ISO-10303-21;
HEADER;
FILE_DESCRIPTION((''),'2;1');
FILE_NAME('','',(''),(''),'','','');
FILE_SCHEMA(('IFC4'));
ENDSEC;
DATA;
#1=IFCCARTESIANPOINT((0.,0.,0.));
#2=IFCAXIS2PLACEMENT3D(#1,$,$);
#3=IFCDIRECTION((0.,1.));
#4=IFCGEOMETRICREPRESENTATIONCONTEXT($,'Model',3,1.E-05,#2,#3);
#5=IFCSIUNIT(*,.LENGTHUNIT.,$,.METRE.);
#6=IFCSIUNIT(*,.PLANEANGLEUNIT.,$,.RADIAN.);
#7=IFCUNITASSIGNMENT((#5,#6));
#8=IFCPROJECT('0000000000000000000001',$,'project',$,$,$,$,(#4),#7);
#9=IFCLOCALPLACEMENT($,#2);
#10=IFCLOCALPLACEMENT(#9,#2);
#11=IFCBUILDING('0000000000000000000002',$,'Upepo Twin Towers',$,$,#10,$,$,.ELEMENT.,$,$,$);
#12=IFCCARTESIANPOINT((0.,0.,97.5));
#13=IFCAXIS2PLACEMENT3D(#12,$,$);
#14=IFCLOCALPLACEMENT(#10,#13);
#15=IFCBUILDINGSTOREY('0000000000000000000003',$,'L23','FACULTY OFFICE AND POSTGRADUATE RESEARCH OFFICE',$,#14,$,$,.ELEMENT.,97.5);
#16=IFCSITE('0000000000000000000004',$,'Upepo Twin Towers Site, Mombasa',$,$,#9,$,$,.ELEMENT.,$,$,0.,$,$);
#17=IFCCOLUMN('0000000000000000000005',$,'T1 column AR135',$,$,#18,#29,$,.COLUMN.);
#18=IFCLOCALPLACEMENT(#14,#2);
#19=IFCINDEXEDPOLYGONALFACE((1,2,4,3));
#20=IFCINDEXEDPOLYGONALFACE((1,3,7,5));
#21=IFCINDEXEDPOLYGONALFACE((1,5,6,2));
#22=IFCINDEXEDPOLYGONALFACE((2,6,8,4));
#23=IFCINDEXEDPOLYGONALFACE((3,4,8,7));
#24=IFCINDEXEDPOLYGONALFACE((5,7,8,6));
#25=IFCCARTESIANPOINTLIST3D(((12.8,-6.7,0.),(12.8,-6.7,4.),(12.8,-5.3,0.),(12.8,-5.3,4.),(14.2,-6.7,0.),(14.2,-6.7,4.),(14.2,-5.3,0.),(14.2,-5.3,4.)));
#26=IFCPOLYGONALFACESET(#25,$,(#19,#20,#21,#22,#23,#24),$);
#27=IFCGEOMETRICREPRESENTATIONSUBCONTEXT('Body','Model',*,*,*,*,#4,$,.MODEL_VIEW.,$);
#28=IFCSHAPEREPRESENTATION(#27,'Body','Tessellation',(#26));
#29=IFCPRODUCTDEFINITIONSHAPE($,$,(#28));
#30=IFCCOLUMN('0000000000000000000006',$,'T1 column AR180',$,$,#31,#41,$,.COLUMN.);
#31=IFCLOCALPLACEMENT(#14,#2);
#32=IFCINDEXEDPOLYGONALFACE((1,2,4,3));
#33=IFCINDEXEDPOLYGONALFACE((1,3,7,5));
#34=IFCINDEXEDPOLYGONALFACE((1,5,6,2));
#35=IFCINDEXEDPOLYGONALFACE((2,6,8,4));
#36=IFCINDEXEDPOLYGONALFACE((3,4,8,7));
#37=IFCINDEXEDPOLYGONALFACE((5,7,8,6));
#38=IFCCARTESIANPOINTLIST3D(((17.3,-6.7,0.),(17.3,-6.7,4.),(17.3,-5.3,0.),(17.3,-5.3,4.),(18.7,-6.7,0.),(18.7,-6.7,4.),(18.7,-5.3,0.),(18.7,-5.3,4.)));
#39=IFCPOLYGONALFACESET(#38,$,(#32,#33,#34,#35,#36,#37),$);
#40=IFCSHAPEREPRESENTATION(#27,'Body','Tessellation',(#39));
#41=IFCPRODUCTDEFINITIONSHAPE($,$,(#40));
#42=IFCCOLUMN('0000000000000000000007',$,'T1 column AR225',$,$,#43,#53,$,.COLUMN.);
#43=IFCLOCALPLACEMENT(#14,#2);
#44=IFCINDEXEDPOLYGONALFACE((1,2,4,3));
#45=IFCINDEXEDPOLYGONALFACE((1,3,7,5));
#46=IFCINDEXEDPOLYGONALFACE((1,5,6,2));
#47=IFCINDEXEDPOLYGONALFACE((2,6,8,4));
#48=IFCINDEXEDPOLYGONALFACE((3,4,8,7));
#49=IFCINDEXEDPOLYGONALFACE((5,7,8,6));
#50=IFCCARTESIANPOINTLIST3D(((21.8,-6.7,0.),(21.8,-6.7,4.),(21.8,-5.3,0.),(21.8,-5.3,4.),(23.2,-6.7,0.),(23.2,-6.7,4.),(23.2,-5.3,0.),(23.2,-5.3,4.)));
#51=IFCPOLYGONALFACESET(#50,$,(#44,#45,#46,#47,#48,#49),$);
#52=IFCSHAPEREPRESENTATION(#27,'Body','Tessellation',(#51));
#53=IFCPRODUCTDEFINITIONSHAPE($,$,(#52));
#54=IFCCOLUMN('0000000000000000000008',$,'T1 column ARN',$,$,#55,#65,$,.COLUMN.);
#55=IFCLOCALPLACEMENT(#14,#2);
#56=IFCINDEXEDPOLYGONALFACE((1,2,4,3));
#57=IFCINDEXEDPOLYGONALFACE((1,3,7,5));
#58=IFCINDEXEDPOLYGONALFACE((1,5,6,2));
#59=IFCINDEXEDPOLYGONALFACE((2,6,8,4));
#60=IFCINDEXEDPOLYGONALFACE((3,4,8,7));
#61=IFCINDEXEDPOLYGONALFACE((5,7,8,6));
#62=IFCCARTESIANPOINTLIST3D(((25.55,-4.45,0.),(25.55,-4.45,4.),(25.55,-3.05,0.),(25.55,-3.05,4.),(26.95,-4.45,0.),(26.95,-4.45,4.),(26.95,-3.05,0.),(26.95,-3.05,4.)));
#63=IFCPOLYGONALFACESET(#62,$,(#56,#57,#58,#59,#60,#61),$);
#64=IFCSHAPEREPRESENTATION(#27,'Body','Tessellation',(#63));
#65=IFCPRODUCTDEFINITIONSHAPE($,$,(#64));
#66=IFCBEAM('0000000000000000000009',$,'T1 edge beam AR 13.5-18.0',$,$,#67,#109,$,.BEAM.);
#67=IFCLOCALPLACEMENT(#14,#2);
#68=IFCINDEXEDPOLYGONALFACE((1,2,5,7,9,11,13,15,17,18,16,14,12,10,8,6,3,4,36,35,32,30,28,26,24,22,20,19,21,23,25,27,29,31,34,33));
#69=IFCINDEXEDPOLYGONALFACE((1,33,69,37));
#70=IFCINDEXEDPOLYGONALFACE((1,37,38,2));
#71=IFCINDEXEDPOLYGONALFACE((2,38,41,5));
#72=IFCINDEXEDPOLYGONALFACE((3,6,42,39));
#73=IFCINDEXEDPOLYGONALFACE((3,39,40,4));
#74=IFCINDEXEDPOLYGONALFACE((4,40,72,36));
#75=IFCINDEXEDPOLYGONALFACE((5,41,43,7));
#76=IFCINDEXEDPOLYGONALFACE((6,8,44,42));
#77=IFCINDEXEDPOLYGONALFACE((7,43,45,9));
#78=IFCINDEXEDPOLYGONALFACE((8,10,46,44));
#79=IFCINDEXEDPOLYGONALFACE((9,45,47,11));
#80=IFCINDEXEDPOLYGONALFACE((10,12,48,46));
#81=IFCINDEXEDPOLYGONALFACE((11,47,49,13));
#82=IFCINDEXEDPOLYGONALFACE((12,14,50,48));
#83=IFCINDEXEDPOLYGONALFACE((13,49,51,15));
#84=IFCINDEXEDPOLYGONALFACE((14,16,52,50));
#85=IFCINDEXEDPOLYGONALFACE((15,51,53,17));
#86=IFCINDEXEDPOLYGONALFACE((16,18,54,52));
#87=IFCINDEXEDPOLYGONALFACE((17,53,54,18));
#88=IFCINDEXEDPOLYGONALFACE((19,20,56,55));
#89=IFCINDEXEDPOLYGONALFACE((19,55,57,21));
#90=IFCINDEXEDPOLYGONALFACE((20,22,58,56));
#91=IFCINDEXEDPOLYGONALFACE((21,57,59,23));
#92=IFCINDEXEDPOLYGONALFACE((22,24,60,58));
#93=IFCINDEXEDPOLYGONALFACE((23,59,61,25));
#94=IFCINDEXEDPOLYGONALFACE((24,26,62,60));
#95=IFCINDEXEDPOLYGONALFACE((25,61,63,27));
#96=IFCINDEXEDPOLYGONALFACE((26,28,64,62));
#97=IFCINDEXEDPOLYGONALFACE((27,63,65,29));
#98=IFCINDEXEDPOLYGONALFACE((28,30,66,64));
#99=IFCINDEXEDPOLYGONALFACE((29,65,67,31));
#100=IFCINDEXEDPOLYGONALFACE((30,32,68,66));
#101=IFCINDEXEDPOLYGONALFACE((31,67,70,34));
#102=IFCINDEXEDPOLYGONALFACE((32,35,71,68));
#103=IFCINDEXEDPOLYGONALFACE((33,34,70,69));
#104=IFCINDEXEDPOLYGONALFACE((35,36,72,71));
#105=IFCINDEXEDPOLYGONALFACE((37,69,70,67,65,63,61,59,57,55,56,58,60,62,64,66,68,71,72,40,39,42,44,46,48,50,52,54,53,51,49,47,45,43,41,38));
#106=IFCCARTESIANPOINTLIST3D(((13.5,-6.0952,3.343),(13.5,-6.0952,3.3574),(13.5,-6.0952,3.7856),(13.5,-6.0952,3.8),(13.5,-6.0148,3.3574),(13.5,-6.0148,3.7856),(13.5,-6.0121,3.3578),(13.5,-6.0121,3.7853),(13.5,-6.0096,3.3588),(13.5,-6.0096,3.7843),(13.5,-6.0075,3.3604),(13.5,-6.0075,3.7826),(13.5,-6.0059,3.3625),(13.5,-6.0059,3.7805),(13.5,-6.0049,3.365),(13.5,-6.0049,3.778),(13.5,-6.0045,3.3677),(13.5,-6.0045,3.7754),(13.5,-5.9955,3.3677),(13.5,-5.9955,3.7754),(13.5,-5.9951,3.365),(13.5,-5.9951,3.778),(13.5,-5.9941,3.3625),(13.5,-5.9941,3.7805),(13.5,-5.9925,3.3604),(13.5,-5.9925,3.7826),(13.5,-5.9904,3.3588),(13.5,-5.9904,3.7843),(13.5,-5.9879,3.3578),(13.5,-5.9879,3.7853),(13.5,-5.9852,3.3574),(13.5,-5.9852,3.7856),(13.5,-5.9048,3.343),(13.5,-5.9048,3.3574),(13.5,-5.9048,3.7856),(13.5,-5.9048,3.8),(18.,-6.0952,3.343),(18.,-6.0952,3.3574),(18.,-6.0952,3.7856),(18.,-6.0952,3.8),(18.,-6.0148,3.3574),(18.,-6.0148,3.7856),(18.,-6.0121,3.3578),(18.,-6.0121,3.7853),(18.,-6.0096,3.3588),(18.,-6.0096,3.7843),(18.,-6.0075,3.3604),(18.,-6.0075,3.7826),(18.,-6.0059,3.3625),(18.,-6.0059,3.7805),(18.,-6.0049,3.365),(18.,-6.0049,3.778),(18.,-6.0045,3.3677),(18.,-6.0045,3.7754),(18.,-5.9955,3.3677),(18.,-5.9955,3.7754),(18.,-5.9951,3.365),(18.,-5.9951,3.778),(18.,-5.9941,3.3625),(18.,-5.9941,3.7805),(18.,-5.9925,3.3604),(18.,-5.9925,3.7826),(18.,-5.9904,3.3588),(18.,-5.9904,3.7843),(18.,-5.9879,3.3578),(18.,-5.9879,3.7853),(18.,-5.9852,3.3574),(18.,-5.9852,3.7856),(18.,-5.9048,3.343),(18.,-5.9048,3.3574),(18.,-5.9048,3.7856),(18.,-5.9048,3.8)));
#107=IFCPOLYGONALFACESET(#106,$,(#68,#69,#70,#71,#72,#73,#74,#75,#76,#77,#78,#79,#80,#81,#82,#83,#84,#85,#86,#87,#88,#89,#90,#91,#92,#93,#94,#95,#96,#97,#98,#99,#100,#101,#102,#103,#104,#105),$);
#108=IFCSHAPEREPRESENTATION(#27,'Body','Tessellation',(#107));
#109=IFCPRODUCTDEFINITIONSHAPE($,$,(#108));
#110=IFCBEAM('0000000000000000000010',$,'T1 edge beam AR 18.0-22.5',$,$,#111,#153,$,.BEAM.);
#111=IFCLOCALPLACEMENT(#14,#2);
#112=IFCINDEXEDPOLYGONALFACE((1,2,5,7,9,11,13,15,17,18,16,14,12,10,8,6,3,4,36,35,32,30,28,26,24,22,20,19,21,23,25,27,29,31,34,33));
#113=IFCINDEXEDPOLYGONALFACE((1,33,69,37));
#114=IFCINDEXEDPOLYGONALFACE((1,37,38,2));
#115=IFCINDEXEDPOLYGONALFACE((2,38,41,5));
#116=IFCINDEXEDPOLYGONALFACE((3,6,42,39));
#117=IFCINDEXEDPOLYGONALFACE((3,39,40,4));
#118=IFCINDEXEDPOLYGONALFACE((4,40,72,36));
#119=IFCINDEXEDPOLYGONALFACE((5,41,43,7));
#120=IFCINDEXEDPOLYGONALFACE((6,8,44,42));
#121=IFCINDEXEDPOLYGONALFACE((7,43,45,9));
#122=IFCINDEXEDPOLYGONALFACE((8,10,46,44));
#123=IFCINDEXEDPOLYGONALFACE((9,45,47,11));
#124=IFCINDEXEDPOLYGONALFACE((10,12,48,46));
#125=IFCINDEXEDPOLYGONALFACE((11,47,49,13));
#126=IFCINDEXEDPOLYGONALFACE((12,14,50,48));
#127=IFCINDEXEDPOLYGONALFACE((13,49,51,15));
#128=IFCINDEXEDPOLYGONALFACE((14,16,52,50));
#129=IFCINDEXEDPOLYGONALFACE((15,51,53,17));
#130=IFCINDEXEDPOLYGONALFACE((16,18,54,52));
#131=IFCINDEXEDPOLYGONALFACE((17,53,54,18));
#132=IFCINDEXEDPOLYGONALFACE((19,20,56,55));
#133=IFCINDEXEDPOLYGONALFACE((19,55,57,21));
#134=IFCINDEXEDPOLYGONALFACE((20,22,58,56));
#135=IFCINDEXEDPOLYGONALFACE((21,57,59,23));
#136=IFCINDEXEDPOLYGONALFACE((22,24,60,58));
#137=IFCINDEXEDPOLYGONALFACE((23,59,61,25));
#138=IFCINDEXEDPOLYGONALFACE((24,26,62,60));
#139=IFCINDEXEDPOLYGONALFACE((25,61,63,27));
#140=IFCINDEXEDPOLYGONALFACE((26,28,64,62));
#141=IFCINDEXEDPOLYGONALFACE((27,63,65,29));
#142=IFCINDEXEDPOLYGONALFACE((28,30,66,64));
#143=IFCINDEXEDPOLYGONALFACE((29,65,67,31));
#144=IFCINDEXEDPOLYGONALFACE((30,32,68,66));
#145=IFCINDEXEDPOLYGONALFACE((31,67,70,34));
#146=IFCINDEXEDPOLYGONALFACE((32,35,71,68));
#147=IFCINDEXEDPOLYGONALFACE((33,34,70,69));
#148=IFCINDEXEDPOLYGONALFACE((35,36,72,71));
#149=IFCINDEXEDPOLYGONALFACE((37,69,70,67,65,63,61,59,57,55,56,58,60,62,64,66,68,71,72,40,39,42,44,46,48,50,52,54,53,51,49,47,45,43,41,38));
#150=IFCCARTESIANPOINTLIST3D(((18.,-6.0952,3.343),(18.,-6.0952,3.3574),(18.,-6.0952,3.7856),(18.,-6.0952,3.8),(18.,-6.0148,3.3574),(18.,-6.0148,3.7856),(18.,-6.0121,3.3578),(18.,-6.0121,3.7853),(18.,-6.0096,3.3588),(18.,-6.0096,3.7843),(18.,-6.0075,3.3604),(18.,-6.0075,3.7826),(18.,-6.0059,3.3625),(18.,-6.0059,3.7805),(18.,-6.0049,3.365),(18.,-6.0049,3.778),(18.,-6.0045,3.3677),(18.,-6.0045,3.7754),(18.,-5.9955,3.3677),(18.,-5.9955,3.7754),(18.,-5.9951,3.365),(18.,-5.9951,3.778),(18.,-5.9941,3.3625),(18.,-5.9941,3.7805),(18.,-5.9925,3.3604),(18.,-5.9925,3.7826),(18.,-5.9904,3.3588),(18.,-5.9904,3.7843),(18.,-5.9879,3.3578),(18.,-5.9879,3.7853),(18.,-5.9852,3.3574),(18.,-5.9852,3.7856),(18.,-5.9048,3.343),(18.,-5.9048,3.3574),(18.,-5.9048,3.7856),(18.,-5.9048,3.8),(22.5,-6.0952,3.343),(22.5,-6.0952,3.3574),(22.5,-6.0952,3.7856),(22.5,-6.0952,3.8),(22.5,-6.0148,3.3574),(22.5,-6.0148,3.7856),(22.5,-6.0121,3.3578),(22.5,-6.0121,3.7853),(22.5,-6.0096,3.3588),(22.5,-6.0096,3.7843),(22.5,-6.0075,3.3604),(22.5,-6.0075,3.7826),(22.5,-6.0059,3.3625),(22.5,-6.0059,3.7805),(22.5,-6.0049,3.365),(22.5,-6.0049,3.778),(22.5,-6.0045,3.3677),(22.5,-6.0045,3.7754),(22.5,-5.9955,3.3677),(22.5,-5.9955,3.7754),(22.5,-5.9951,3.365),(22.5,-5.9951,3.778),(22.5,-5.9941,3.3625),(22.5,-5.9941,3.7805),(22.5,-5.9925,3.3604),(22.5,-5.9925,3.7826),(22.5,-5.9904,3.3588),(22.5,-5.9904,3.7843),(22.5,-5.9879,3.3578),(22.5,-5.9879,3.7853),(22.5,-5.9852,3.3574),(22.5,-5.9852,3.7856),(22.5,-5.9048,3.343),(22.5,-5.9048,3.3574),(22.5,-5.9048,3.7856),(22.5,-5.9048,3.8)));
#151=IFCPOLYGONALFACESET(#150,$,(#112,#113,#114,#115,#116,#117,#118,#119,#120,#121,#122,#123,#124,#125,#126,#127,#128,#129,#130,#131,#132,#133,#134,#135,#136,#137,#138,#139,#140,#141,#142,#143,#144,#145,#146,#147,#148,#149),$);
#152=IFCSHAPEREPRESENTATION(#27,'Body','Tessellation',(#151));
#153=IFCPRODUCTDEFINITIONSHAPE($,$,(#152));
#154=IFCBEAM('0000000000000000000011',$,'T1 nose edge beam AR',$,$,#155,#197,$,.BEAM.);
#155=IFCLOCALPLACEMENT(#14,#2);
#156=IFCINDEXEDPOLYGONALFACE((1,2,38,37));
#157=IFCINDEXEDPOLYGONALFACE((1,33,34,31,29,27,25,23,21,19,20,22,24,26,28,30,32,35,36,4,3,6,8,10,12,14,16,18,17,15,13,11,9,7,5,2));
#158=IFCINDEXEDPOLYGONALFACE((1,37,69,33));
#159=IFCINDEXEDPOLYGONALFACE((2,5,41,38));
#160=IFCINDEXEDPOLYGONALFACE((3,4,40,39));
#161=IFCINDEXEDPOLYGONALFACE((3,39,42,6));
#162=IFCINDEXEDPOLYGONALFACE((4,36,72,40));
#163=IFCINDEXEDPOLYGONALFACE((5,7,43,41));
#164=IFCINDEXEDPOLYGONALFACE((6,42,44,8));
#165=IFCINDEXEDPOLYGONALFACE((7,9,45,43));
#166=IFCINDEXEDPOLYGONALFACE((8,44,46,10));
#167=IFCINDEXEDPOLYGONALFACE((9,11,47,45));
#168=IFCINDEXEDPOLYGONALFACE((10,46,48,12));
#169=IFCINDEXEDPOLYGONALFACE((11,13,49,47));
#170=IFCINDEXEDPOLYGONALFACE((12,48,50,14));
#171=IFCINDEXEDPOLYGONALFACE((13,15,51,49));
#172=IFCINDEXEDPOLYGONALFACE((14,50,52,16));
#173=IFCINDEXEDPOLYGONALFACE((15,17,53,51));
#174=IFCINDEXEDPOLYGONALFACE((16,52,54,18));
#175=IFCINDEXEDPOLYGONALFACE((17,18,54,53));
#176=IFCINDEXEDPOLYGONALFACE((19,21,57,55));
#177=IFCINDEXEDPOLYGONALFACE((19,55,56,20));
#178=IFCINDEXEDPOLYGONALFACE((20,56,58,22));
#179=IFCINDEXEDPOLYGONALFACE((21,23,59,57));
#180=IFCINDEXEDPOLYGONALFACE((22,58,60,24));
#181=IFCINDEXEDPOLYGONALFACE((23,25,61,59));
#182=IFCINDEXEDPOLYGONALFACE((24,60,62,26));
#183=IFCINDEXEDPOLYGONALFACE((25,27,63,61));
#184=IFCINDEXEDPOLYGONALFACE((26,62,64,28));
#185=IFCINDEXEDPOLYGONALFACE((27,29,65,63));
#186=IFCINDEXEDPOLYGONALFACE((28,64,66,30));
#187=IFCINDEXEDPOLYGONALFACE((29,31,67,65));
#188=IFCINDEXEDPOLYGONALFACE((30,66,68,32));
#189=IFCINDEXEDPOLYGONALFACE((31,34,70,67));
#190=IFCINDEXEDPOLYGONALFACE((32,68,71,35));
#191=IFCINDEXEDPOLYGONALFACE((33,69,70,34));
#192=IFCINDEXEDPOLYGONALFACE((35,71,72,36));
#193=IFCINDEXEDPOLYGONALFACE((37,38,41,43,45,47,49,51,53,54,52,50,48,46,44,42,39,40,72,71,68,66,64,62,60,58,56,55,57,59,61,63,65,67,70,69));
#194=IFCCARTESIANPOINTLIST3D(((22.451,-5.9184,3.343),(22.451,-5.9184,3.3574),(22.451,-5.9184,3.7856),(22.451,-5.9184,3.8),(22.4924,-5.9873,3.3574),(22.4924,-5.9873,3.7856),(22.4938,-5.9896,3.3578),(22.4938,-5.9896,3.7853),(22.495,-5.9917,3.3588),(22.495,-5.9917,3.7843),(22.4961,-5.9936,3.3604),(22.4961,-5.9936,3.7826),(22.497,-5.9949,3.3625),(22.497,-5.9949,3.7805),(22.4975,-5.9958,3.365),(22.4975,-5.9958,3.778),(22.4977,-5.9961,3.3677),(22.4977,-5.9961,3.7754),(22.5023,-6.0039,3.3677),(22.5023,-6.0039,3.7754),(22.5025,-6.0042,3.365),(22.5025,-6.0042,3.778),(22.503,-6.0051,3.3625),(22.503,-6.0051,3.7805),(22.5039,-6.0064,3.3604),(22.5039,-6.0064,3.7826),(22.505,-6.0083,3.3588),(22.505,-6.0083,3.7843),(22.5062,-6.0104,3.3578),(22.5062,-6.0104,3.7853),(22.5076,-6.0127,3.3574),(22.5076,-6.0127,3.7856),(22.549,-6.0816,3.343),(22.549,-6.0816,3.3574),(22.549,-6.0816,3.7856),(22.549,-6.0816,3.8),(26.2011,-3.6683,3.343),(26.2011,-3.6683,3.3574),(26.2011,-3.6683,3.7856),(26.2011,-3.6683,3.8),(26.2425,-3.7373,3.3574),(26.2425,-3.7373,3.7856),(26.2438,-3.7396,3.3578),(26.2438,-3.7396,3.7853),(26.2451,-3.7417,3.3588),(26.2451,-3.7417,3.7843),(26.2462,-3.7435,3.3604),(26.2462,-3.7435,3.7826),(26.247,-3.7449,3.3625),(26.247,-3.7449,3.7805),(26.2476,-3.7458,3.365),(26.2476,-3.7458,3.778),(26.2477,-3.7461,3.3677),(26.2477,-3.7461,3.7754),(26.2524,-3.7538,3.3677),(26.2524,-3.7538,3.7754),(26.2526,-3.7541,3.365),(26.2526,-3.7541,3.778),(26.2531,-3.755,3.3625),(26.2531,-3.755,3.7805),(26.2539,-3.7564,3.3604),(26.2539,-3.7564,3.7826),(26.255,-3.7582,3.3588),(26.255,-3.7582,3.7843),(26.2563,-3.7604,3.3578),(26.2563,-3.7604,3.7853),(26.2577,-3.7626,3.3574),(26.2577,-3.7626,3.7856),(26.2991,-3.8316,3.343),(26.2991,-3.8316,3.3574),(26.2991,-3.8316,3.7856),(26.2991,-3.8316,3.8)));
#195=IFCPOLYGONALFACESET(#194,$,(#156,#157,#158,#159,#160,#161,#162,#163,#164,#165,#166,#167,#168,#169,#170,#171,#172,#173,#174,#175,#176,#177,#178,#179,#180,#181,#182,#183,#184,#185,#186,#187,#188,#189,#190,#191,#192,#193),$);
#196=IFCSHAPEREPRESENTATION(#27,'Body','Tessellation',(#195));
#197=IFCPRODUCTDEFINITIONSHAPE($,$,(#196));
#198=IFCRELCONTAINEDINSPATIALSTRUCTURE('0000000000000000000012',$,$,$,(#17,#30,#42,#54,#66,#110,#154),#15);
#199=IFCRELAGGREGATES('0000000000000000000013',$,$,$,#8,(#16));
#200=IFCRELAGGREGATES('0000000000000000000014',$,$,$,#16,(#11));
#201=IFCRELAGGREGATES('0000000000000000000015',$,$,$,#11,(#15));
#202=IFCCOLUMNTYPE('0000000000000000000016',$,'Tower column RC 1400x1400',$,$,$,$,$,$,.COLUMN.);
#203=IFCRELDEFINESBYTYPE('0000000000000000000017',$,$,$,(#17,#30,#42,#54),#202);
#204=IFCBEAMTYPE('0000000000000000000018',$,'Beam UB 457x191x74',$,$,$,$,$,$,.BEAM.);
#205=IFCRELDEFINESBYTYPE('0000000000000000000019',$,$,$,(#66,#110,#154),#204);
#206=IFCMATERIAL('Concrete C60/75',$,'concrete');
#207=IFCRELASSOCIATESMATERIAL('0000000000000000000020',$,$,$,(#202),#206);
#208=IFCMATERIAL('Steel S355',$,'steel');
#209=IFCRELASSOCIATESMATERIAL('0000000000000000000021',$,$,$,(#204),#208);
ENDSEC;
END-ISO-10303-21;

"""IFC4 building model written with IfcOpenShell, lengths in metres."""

from ifc_helpers import new_model, si_unit, direction, frame, origin, origin_2d, place, context, subcontext, project, spatial, rectangle, i_section, extrude, material, material_profile, profile_set, type_object, element, save


model = new_model("IFC4")

# Units and contexts
model_context = context("Model", 3, precision=1e-05, world=origin(), true_north=direction((0.0, 1.0)))
body_context = subcontext(model_context, "Body", "Model", "MODEL_VIEW")
ifc_project = project(units=[si_unit("LENGTHUNIT", "METRE"), si_unit("PLANEANGLEUNIT", "RADIAN")], contexts=[model_context])

# Site, building, storey
site_placement = place(None, origin())
site = spatial("IfcSite", under=ifc_project, at=site_placement, Name="Upepo Twin Towers Site, Mombasa", CompositionType="ELEMENT", RefElevation=0.0)
building_placement = place(site_placement, origin())
building = spatial("IfcBuilding", under=site, at=building_placement, Name="Upepo Twin Towers", CompositionType="ELEMENT")
storey_placement = place(building_placement, frame((0.0, 0.0, 97.5)))
storey = spatial("IfcBuildingStorey", under=building, at=storey_placement, Name="L23", Description="FACULTY OFFICE AND POSTGRADUATE RESEARCH OFFICE", CompositionType="ELEMENT", Elevation=97.5)

# Columns
ifc_material_1 = material(Name="Concrete C60/75", Category="concrete")
ifc_material_profile_1 = material_profile(ifc_material_1, rectangle(XDim=1.3999, YDim=1.3999, at=origin_2d()), Name="RC 1400x1400")
ifc_profile_set_1 = profile_set([ifc_material_profile_1], Name="Concrete C60/75")
column_type = type_object("IfcColumnType", Name="Tower column RC 1400x1400", PredefinedType="COLUMN", material=ifc_profile_set_1)
for number, where, z_axis, x_axis, name in (
    (1, (13.5, -6.0, 0.0), (0.0, 0.0, 1.0), (1.0, 0.0, 0.0), "T1 column AR135"),
    (2, (18.0, -6.0, 0.0), (0.0, 0.0, 1.0), (1.0, 0.0, 0.0), "T1 column AR180"),
    (3, (22.5, -6.0, 0.0), (0.0, 0.0, 1.0), (1.0, 0.0, 0.0), "T1 column AR225"),
    (4, (26.25, -3.75, 0.0), (0.0, 0.0, 1.0), (1.0, 0.0, 0.0), "T1 column ARN"),
):
    element("IfcColumn", number, at=place(storey_placement, frame(where, z_axis=z_axis, x_axis=x_axis)), inside=storey, type_object=column_type, Name=name, PredefinedType="COLUMN", context=body_context, shape_type="SweptSolid", body=[
        extrude(rectangle(XDim=1.3999, YDim=1.3999, at=origin_2d()), origin(), (0.0, 0.0, 1.0), 4.0),
    ])

# Beams
ifc_material_2 = material(Name="Steel S355", Category="steel")
ifc_material_profile_2 = material_profile(ifc_material_2, i_section(OverallWidth=0.1904, OverallDepth=0.457, WebThickness=0.009, FlangeThickness=0.0144, FilletRadius=0.0103, at=origin_2d()), Name="UB 457x191x74")
ifc_profile_set_2 = profile_set([ifc_material_profile_2], Name="Steel S355")
beam_type_1 = type_object("IfcBeamType", Name="Beam UB 457x191x74", PredefinedType="BEAM", material=ifc_profile_set_2)
for number, where, z_axis, x_axis, name in (
    (5, (13.5, -6.0, 3.5715), (1.0, 0.0, 0.0), (0.0, 1.0, 0.0), "T1 edge beam AR 13.5-18.0"),
    (6, (18.0, -6.0, 3.5715), (1.0, 0.0, 0.0), (0.0, 1.0, 0.0), "T1 edge beam AR 18.0-22.5"),
):
    element("IfcBeam", number, at=place(storey_placement, frame(where, z_axis=z_axis, x_axis=x_axis)), inside=storey, type_object=beam_type_1, Name=name, PredefinedType="BEAM", context=body_context, shape_type="SweptSolid", body=[
        extrude(i_section(OverallWidth=0.1904, OverallDepth=0.457, WebThickness=0.009, FlangeThickness=0.0144, FilletRadius=0.0103, at=origin_2d()), origin(), (0.0, 0.0, 1.0), 4.5),
    ])
beam_1_placement = place(storey_placement, frame((22.5, -6.0, 3.5715), z_axis=(0.857493, 0.514496, 0.0), x_axis=(-0.514496, 0.857493, 0.0)))
element("IfcBeam", 7, at=beam_1_placement, inside=storey, type_object=beam_type_1, Name="T1 nose edge beam AR", PredefinedType="BEAM", context=body_context, shape_type="SweptSolid", body=[
    extrude(i_section(OverallWidth=0.1904, OverallDepth=0.457, WebThickness=0.009, FlangeThickness=0.0144, FilletRadius=0.0103, at=origin_2d()), origin(), (0.0, 0.0, 1.0), 4.3733),
])

save(model, "model.ifc")
